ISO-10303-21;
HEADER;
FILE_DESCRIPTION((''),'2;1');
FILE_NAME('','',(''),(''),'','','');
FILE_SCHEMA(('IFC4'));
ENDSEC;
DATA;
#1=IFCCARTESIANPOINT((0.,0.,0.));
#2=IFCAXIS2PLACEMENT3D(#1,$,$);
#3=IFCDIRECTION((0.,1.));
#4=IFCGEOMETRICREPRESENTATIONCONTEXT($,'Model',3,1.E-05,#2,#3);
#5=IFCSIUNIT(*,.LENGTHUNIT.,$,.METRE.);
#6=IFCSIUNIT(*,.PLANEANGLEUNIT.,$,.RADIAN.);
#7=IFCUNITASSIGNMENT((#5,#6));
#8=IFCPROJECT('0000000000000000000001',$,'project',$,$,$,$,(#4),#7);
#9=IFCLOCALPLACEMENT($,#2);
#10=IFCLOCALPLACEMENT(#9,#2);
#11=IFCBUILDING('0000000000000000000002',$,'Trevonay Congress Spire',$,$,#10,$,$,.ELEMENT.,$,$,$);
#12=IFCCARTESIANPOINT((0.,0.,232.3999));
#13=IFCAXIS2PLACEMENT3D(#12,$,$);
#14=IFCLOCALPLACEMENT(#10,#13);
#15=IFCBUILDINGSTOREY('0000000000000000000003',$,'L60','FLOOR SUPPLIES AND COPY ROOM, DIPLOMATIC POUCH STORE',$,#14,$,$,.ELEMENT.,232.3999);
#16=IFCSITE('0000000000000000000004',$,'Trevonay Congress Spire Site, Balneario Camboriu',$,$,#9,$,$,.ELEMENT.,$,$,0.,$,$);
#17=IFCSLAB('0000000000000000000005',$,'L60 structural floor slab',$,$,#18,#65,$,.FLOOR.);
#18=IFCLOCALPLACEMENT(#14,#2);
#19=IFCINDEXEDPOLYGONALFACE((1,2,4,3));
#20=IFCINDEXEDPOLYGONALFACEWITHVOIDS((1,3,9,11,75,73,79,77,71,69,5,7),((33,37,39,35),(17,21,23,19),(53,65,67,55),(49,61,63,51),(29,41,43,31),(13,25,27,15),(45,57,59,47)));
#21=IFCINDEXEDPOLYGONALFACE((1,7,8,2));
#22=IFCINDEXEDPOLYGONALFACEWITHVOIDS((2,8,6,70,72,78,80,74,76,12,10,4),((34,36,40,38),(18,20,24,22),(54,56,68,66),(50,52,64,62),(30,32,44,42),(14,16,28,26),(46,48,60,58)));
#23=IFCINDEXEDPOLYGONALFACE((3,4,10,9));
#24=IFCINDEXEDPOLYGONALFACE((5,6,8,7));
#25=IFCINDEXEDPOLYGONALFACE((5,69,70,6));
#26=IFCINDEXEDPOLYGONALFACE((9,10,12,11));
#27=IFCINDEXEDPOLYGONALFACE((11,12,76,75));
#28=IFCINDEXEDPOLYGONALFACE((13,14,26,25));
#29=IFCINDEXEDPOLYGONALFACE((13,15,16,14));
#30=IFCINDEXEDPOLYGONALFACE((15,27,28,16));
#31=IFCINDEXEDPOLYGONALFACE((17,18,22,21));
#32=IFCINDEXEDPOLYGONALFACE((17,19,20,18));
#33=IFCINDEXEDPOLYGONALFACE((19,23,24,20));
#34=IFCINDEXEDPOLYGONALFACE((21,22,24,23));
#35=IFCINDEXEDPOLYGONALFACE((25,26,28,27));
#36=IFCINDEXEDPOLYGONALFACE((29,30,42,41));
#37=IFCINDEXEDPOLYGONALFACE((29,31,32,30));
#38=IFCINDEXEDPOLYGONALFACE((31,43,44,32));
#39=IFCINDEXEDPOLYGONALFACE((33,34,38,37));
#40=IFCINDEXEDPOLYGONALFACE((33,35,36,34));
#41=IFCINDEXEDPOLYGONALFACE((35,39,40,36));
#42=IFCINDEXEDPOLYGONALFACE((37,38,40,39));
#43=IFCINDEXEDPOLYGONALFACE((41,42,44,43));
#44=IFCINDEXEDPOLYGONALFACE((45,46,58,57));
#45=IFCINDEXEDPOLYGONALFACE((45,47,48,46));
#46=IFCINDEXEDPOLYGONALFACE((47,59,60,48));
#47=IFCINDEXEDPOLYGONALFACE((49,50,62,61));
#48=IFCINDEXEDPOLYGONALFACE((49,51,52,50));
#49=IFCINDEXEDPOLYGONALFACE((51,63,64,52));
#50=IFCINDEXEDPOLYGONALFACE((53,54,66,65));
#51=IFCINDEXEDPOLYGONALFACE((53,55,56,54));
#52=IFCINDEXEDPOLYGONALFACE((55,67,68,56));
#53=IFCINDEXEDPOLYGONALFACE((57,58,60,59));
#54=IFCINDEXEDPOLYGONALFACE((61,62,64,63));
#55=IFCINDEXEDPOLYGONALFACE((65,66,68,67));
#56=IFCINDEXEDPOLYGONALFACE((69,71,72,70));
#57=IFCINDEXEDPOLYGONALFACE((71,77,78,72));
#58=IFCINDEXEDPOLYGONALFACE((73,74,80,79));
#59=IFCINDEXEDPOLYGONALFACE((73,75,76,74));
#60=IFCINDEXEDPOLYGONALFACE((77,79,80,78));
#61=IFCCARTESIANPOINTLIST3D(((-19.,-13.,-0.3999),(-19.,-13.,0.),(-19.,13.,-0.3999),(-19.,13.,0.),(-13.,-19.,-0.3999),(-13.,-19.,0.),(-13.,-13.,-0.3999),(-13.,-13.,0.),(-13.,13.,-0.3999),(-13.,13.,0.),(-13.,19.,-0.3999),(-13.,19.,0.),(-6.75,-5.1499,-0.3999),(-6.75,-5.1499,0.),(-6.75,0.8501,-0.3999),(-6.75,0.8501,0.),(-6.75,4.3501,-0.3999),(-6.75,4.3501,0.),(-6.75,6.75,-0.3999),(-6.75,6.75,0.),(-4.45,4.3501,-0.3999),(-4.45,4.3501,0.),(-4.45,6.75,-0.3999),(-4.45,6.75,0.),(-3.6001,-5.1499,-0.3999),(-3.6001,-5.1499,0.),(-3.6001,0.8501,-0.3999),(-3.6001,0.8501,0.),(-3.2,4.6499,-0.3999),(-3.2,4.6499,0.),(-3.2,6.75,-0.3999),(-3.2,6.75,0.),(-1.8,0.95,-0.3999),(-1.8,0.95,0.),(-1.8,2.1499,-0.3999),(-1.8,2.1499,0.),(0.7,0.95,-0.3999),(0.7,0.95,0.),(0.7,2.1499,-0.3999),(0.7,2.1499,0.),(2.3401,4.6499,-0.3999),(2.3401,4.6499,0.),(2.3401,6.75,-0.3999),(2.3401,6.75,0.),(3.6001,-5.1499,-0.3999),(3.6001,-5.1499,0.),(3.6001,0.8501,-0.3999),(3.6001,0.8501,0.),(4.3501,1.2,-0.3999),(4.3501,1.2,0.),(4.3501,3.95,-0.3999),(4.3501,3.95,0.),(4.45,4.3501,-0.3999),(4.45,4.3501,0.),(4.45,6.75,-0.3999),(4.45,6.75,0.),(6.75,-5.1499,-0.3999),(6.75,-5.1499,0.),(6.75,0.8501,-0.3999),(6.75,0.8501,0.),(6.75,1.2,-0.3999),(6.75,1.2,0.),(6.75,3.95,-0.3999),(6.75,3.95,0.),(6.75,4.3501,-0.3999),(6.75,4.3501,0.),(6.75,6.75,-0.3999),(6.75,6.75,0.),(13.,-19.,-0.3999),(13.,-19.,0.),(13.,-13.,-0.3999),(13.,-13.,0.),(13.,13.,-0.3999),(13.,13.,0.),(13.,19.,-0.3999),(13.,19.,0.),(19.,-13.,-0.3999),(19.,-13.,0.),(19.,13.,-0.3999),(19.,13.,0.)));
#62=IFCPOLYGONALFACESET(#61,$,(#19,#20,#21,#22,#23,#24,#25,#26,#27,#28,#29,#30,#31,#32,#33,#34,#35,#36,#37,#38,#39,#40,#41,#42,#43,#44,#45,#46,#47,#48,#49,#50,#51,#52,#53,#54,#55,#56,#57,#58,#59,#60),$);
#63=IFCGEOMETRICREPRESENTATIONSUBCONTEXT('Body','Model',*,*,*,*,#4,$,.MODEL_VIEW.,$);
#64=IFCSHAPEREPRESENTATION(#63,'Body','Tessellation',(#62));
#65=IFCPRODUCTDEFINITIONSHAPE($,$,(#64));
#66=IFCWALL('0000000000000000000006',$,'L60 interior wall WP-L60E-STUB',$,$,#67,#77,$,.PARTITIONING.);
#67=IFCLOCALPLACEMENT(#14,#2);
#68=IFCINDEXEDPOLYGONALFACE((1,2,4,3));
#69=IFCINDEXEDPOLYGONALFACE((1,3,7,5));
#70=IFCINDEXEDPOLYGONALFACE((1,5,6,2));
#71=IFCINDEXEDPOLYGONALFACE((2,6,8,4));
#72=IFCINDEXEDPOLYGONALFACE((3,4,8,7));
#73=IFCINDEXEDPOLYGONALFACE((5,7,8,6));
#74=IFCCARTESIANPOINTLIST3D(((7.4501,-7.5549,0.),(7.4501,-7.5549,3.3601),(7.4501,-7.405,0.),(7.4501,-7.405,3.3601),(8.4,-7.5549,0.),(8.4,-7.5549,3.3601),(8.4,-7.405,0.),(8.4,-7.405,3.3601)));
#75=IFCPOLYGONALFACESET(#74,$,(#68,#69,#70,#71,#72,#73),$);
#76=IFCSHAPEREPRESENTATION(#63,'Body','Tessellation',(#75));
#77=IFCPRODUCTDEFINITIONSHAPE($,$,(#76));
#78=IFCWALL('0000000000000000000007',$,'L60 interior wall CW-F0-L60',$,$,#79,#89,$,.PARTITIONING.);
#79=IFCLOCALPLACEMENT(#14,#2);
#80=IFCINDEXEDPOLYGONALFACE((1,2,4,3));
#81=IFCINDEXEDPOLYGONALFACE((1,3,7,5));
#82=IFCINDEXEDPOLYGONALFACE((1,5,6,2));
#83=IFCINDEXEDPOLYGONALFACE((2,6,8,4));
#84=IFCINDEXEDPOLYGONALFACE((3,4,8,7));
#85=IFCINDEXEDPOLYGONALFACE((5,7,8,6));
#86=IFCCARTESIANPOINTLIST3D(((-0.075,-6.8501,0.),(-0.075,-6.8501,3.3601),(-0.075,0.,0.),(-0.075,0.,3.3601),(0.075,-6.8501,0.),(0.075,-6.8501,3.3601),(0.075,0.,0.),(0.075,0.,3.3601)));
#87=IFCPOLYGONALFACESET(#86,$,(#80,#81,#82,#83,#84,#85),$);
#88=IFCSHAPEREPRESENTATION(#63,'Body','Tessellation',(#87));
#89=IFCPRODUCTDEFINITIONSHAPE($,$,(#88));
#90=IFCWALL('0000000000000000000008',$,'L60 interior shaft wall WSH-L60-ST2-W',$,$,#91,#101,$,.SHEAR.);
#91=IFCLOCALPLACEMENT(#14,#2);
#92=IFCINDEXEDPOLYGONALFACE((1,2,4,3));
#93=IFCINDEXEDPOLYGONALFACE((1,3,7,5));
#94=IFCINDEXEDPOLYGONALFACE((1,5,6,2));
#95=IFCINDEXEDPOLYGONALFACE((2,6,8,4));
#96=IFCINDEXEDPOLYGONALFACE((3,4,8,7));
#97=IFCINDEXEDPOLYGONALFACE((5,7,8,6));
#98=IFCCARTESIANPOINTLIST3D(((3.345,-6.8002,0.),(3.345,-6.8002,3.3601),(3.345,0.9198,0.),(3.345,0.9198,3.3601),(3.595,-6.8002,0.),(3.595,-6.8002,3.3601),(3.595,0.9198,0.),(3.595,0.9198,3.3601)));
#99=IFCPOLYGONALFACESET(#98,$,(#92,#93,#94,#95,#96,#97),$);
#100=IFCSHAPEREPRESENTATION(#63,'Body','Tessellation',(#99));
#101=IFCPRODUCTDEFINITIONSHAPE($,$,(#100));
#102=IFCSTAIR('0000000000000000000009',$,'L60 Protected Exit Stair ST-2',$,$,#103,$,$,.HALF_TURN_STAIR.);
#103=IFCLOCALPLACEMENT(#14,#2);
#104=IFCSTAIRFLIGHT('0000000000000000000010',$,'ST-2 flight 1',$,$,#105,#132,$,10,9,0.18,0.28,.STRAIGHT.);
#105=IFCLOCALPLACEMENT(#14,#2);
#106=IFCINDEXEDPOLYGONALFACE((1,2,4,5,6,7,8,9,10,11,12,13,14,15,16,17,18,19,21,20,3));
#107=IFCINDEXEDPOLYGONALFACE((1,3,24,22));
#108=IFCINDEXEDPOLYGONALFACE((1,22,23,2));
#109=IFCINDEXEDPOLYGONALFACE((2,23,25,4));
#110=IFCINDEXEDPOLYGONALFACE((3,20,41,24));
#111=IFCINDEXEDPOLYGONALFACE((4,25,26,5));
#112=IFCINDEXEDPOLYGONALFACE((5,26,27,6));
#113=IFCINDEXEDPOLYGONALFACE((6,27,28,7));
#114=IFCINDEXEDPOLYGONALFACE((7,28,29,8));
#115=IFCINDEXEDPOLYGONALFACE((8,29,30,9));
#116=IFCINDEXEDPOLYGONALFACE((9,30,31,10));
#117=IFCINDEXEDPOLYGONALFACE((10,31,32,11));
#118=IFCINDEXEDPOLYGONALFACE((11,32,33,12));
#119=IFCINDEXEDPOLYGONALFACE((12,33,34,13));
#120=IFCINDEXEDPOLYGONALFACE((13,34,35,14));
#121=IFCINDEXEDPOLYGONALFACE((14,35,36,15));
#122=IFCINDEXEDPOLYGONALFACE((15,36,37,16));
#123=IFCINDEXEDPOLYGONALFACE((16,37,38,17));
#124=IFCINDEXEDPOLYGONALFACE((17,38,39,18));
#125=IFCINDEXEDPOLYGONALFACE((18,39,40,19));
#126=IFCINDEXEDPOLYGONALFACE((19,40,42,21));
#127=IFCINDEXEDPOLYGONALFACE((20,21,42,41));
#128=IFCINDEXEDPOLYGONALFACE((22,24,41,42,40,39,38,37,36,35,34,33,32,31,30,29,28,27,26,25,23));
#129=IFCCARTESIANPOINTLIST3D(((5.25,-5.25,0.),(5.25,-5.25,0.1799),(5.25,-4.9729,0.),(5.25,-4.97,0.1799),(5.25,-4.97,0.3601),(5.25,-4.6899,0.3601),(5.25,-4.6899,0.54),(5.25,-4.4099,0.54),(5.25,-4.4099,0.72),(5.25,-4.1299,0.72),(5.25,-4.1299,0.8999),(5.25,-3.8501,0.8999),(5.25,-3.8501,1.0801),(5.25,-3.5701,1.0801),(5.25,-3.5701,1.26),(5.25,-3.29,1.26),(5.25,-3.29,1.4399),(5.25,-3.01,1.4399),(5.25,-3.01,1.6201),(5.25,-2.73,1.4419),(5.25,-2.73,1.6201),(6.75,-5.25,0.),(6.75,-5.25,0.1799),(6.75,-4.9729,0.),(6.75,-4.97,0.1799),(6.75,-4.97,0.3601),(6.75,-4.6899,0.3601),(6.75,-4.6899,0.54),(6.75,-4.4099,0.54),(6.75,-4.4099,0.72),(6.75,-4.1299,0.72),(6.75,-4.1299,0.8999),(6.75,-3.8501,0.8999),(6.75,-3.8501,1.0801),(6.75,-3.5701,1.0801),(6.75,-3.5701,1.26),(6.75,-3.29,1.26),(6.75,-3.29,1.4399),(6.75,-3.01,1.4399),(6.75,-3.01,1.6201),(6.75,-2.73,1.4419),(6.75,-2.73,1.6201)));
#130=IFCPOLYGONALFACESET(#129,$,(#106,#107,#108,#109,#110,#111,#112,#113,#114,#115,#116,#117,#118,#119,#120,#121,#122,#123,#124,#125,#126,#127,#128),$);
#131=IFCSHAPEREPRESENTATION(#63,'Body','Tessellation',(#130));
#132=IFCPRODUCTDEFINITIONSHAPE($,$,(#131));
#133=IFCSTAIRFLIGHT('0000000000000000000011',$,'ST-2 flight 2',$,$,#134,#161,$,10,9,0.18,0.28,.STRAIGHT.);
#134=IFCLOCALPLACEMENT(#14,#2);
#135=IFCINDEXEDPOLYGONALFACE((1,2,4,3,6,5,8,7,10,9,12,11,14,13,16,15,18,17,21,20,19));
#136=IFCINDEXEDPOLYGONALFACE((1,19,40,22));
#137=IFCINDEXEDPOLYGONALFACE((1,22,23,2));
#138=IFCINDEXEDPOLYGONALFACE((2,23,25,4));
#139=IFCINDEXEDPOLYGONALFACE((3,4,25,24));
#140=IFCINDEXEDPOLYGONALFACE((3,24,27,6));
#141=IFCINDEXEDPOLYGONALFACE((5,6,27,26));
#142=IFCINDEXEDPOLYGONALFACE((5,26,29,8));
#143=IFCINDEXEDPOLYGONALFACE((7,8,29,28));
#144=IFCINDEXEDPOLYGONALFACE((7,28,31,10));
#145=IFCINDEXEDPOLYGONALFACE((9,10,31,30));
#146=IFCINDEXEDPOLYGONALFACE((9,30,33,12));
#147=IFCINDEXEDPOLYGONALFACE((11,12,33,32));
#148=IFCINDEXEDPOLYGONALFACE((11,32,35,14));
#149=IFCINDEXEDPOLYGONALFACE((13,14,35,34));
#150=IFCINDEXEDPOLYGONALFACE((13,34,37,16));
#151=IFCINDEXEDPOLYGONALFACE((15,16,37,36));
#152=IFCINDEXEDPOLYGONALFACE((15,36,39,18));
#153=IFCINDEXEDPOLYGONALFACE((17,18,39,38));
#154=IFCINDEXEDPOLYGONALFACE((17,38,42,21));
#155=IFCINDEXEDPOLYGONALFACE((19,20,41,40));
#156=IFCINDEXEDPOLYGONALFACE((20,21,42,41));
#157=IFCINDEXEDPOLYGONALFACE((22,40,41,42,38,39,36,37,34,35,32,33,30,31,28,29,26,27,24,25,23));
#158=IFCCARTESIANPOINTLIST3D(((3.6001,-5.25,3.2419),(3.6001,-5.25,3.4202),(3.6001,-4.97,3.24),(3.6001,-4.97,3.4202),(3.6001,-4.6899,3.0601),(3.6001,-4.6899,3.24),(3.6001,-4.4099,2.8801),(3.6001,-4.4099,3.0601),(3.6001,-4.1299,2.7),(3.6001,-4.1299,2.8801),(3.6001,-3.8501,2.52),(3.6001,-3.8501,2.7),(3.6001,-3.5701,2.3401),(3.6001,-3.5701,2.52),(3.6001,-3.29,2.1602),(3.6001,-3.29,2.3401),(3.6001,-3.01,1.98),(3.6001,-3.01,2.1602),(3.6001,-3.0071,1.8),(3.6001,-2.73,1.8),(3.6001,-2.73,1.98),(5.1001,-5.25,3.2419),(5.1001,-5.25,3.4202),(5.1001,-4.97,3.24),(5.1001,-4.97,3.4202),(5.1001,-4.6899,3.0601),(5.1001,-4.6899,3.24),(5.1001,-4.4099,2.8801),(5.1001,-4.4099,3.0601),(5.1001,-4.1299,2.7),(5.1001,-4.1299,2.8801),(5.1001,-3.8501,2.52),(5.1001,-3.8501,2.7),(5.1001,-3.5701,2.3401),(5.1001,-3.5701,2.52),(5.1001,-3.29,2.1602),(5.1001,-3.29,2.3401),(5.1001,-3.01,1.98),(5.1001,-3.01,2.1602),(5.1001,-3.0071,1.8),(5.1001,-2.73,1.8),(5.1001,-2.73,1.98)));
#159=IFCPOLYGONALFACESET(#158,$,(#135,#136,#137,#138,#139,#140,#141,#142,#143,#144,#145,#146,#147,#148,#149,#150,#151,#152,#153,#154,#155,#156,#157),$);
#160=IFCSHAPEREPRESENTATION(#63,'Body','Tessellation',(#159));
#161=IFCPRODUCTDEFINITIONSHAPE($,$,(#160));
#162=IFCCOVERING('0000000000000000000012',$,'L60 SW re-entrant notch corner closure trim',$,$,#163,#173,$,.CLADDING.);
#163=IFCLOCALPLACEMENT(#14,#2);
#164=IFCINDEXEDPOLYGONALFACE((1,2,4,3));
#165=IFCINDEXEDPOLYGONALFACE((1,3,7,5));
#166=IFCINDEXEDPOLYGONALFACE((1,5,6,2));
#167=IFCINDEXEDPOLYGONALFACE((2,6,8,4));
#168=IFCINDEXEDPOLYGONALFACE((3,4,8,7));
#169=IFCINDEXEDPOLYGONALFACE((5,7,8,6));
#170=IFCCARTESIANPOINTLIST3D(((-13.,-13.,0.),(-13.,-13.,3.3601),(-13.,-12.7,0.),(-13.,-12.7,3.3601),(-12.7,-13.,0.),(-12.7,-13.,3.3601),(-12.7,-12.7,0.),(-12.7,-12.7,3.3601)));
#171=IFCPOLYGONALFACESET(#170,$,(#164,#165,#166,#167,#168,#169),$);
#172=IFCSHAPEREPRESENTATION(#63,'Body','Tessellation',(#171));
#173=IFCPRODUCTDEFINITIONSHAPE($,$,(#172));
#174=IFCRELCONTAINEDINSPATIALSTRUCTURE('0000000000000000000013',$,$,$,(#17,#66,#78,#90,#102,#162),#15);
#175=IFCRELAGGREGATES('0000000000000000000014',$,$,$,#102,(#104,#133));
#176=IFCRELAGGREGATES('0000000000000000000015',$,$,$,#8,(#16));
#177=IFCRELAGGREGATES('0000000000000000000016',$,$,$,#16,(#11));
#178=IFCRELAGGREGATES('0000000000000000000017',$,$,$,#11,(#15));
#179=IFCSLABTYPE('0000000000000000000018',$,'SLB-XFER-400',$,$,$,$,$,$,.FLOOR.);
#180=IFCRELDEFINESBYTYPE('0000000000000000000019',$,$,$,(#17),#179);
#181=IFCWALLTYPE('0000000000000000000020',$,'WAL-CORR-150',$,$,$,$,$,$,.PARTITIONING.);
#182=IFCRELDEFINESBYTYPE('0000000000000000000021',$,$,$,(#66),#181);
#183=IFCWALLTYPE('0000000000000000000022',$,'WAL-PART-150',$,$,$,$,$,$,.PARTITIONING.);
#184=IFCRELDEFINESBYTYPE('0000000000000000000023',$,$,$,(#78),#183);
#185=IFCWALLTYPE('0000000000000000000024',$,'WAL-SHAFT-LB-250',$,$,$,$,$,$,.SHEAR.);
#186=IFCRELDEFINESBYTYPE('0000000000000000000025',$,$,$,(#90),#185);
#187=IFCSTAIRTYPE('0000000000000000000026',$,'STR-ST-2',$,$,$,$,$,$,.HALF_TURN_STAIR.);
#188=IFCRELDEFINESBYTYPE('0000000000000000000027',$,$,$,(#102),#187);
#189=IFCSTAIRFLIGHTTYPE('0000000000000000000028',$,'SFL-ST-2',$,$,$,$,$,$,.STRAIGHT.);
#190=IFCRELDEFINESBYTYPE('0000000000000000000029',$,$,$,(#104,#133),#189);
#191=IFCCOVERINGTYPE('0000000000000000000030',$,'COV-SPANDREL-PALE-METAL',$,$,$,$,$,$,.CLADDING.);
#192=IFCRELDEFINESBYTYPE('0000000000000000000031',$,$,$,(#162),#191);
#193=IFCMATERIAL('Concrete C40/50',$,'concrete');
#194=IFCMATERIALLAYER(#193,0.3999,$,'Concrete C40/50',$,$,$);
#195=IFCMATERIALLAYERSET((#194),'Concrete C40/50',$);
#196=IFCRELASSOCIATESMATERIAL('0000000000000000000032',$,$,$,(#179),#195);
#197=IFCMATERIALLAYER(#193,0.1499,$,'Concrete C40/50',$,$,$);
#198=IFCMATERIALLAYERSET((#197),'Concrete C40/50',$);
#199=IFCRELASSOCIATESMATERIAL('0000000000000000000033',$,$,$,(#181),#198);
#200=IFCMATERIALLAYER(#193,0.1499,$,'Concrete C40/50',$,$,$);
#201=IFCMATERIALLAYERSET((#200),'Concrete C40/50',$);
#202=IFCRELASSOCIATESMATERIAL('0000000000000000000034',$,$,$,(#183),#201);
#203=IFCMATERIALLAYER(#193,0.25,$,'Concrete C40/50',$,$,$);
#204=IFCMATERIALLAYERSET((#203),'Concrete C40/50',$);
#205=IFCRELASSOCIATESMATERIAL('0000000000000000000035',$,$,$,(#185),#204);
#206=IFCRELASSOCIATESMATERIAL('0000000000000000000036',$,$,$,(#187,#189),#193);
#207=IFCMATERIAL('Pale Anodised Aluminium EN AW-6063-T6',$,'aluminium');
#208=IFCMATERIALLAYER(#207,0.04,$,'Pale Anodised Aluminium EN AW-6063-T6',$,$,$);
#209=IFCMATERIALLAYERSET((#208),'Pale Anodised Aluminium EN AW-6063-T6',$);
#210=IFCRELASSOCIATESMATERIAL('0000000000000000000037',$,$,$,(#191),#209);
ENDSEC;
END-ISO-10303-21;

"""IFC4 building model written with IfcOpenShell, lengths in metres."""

from ifc_helpers import new_model, si_unit, direction, frame, frame_2d, origin, place, context, subcontext, project, spatial, polyline, rectangle, outline, extrude, material, layer, layer_set, type_object, element, aggregate, save


model = new_model("IFC4")

# Units and contexts
model_context = context("Model", 3, precision=1e-05, world=origin(), true_north=direction((0.0, 1.0)))
body_context = subcontext(model_context, "Body", "Model", "MODEL_VIEW")
ifc_project = project(units=[si_unit("LENGTHUNIT", "METRE"), si_unit("PLANEANGLEUNIT", "RADIAN")], contexts=[model_context])

# Site, building, storey
site_placement = place(None, origin())
site = spatial("IfcSite", under=ifc_project, at=site_placement, Name="Trevonay Congress Spire Site, Balneario Camboriu", CompositionType="ELEMENT", RefElevation=0.0)
building_placement = place(site_placement, origin())
building = spatial("IfcBuilding", under=site, at=building_placement, Name="Trevonay Congress Spire", CompositionType="ELEMENT")
storey_placement = place(building_placement, frame((0.0, 0.0, 232.3999)))
storey = spatial("IfcBuildingStorey", under=building, at=storey_placement, Name="L60", Description="FLOOR SUPPLIES AND COPY ROOM, DIPLOMATIC POUCH STORE", CompositionType="ELEMENT", Elevation=232.3999)

# Slab
ifc_material_1 = material(Name="Concrete C40/50", Category="concrete")
ifc_layer_1 = layer(ifc_material_1, 0.3999, Name="Concrete C40/50")
ifc_layer_set_1 = layer_set([ifc_layer_1], Name="Concrete C40/50")
slab_type_1 = type_object("IfcSlabType", Name="SLB-XFER-400", PredefinedType="FLOOR", material=ifc_layer_set_1)
slab_1_placement = place(storey_placement, frame((0.0, 0.0, -0.3999)))
element("IfcSlab", 1, at=slab_1_placement, inside=storey, type_object=slab_type_1, Name="L60 structural floor slab", PredefinedType="FLOOR", context=body_context, shape_type="SweptSolid", body=[
    extrude(outline(polyline([(-13.0, -19.0), (13.0, -19.0), (13.0, -13.0), (19.0, -13.0), (19.0, 13.0), (13.0, 13.0), (13.0, 19.0), (-13.0, 19.0), (-13.0, 13.0), (-19.0, 13.0), (-19.0, -13.0), (-13.0, -13.0), (-13.0, -19.0)]), holes=[polyline([(-3.6001, -5.1499), (-3.6001, 0.8501), (-6.75, 0.8501), (-6.75, -5.1499), (-3.6001, -5.1499)]), polyline([(6.75, -5.1499), (6.75, 0.8501), (3.6001, 0.8501), (3.6001, -5.1499), (6.75, -5.1499)]), polyline([(-3.2, 4.6499), (2.3401, 4.6499), (2.3401, 6.75), (-3.2, 6.75), (-3.2, 4.6499)]), polyline([(-6.75, 4.3501), (-4.45, 4.3501), (-4.45, 6.75), (-6.75, 6.75), (-6.75, 4.3501)]), polyline([(4.45, 4.3501), (6.75, 4.3501), (6.75, 6.75), (4.45, 6.75), (4.45, 4.3501)]), polyline([(4.3501, 1.2), (6.75, 1.2), (6.75, 3.95), (4.3501, 3.95), (4.3501, 1.2)]), polyline([(-1.8, 0.95), (0.7, 0.95), (0.7, 2.1499), (-1.8, 2.1499), (-1.8, 0.95)])]), origin(), (0.0, 0.0, 1.0), 0.3999),
])

# Walls
ifc_layer_2 = layer(ifc_material_1, 0.1499, Name="Concrete C40/50")
ifc_layer_set_2 = layer_set([ifc_layer_2], Name="Concrete C40/50")
wall_type_1 = type_object("IfcWallType", Name="WAL-CORR-150", PredefinedType="PARTITIONING", material=ifc_layer_set_2)
wall_1_placement = place(storey_placement, frame((7.45, -7.48, 0.0), z_axis=(0.0, 0.0, 1.0), x_axis=(1.0, 0.0, 0.0)))
element("IfcWall", 2, at=wall_1_placement, inside=storey, type_object=wall_type_1, Name="L60 interior wall WP-L60E-STUB", PredefinedType="PARTITIONING", context=body_context, shape_type="SweptSolid", body=[
    extrude(rectangle(XDim=0.95, YDim=0.1499, at=frame_2d((0.4751, 0.0))), origin(), (0.0, 0.0, 1.0), 3.3601),
])
ifc_layer_3 = layer(ifc_material_1, 0.1499, Name="Concrete C40/50")
ifc_layer_set_3 = layer_set([ifc_layer_3], Name="Concrete C40/50")
wall_type_2 = type_object("IfcWallType", Name="WAL-PART-150", PredefinedType="PARTITIONING", material=ifc_layer_set_3)
wall_2_placement = place(storey_placement, frame((0.0, -6.8501, 0.0), z_axis=(0.0, 0.0, 1.0), x_axis=(0.0, 1.0, 0.0)))
element("IfcWall", 3, at=wall_2_placement, inside=storey, type_object=wall_type_2, Name="L60 interior wall CW-F0-L60", PredefinedType="PARTITIONING", context=body_context, shape_type="SweptSolid", body=[
    extrude(rectangle(XDim=6.8501, YDim=0.1499, at=frame_2d((3.425, 0.0))), origin(), (0.0, 0.0, 1.0), 3.3601),
])
ifc_layer_4 = layer(ifc_material_1, 0.25, Name="Concrete C40/50")
ifc_layer_set_4 = layer_set([ifc_layer_4], Name="Concrete C40/50")
wall_type_3 = type_object("IfcWallType", Name="WAL-SHAFT-LB-250", PredefinedType="SHEAR", material=ifc_layer_set_4)
wall_3_placement = place(storey_placement, frame((3.47, -6.8, 0.0), z_axis=(0.0, 0.0, 1.0), x_axis=(0.0, 1.0, 0.0)))
element("IfcWall", 4, at=wall_3_placement, inside=storey, type_object=wall_type_3, Name="L60 interior shaft wall WSH-L60-ST2-W", PredefinedType="SHEAR", context=body_context, shape_type="SweptSolid", body=[
    extrude(rectangle(XDim=7.72, YDim=0.25, at=frame_2d((3.8599, 0.0))), origin(), (0.0, 0.0, 1.0), 3.3601),
])

# Stair, stair flights
stair_type = type_object("IfcStairType", Name="STR-ST-2", PredefinedType="HALF_TURN_STAIR", material=ifc_material_1)
stair_placement = place(storey_placement, origin())
stair = element("IfcStair", 5, at=stair_placement, inside=storey, type_object=stair_type, Name="L60 Protected Exit Stair ST-2", PredefinedType="HALF_TURN_STAIR")
stair_flight_type = type_object("IfcStairFlightType", Name="SFL-ST-2", PredefinedType="STRAIGHT", material=ifc_material_1)
stair_flight_1_placement = place(storey_placement, frame((6.0, -5.25, 0.0), z_axis=(0.0, 0.0, 1.0), x_axis=(0.0, 1.0, 0.0)))
stair_flight_1 = element("IfcStairFlight", 6, at=stair_flight_1_placement, type_object=stair_flight_type, Name="ST-2 flight 1", NumberOfRisers=10, NumberOfTreads=9, PredefinedType="STRAIGHT", RiserHeight=0.18, TreadLength=0.28, context=body_context, shape_type="SweptSolid", body=[
    extrude(outline(polyline([(0.0, 0.0), (0.0, 0.1799), (0.28, 0.1799), (0.28, 0.3601), (0.5601, 0.3601), (0.5601, 0.54), (0.8401, 0.54), (0.8401, 0.72), (1.1201, 0.72), (1.1201, 0.8999), (1.3999, 0.8999), (1.3999, 1.0801), (1.6799, 1.0801), (1.6799, 1.26), (1.96, 1.26), (1.96, 1.4399), (2.24, 1.4399), (2.24, 1.6201), (2.52, 1.6201), (2.52, 1.8), (2.52, 1.4419), (0.2771, 0.0), (0.0, 0.0)])), frame((0.0, 0.75, 0.0), z_axis=(0.0, -1.0, 0.0), x_axis=(1.0, 0.0, 0.0)), (0.0, 0.0, 1.0), 1.5),
])
stair_flight_2_placement = place(storey_placement, frame((4.3501, -2.73, 1.8), z_axis=(0.0, 0.0, 1.0), x_axis=(0.0, -1.0, 0.0)))
stair_flight_2 = element("IfcStairFlight", 7, at=stair_flight_2_placement, type_object=stair_flight_type, Name="ST-2 flight 2", NumberOfRisers=10, NumberOfTreads=9, PredefinedType="STRAIGHT", RiserHeight=0.18, TreadLength=0.28, context=body_context, shape_type="SweptSolid", body=[
    extrude(outline(polyline([(0.0, 0.0), (0.0, 0.1799), (0.28, 0.1799), (0.28, 0.3601), (0.5601, 0.3601), (0.5601, 0.54), (0.8401, 0.54), (0.8401, 0.72), (1.1201, 0.72), (1.1201, 0.8999), (1.3999, 0.8999), (1.3999, 1.0801), (1.6799, 1.0801), (1.6799, 1.26), (1.96, 1.26), (1.96, 1.4399), (2.24, 1.4399), (2.24, 1.6201), (2.52, 1.6201), (2.52, 1.8), (2.52, 1.4419), (0.2771, 0.0), (0.0, 0.0)])), frame((0.0, 0.75, 0.0), z_axis=(0.0, -1.0, 0.0), x_axis=(1.0, 0.0, 0.0)), (0.0, 0.0, 1.0), 1.5),
])
aggregate(stair, [stair_flight_1, stair_flight_2])

# Covering
ifc_material_2 = material(Name="Pale Anodised Aluminium EN AW-6063-T6", Category="aluminium")
ifc_layer_5 = layer(ifc_material_2, 0.04, Name="Pale Anodised Aluminium EN AW-6063-T6")
ifc_layer_set_5 = layer_set([ifc_layer_5], Name="Pale Anodised Aluminium EN AW-6063-T6")
covering_type = type_object("IfcCoveringType", Name="COV-SPANDREL-PALE-METAL", PredefinedType="CLADDING", material=ifc_layer_set_5)
covering_1_placement = place(storey_placement, origin())
element("IfcCovering", 8, at=covering_1_placement, inside=storey, type_object=covering_type, Name="L60 SW re-entrant notch corner closure trim", PredefinedType="CLADDING", context=body_context, shape_type="SweptSolid", body=[
    extrude(outline(polyline([(-13.0, -13.0), (-12.7, -13.0), (-12.7, -12.7), (-13.0, -12.7), (-13.0, -13.0)])), origin(), (0.0, 0.0, 1.0), 3.3601),
])

save(model, "model.ifc")
